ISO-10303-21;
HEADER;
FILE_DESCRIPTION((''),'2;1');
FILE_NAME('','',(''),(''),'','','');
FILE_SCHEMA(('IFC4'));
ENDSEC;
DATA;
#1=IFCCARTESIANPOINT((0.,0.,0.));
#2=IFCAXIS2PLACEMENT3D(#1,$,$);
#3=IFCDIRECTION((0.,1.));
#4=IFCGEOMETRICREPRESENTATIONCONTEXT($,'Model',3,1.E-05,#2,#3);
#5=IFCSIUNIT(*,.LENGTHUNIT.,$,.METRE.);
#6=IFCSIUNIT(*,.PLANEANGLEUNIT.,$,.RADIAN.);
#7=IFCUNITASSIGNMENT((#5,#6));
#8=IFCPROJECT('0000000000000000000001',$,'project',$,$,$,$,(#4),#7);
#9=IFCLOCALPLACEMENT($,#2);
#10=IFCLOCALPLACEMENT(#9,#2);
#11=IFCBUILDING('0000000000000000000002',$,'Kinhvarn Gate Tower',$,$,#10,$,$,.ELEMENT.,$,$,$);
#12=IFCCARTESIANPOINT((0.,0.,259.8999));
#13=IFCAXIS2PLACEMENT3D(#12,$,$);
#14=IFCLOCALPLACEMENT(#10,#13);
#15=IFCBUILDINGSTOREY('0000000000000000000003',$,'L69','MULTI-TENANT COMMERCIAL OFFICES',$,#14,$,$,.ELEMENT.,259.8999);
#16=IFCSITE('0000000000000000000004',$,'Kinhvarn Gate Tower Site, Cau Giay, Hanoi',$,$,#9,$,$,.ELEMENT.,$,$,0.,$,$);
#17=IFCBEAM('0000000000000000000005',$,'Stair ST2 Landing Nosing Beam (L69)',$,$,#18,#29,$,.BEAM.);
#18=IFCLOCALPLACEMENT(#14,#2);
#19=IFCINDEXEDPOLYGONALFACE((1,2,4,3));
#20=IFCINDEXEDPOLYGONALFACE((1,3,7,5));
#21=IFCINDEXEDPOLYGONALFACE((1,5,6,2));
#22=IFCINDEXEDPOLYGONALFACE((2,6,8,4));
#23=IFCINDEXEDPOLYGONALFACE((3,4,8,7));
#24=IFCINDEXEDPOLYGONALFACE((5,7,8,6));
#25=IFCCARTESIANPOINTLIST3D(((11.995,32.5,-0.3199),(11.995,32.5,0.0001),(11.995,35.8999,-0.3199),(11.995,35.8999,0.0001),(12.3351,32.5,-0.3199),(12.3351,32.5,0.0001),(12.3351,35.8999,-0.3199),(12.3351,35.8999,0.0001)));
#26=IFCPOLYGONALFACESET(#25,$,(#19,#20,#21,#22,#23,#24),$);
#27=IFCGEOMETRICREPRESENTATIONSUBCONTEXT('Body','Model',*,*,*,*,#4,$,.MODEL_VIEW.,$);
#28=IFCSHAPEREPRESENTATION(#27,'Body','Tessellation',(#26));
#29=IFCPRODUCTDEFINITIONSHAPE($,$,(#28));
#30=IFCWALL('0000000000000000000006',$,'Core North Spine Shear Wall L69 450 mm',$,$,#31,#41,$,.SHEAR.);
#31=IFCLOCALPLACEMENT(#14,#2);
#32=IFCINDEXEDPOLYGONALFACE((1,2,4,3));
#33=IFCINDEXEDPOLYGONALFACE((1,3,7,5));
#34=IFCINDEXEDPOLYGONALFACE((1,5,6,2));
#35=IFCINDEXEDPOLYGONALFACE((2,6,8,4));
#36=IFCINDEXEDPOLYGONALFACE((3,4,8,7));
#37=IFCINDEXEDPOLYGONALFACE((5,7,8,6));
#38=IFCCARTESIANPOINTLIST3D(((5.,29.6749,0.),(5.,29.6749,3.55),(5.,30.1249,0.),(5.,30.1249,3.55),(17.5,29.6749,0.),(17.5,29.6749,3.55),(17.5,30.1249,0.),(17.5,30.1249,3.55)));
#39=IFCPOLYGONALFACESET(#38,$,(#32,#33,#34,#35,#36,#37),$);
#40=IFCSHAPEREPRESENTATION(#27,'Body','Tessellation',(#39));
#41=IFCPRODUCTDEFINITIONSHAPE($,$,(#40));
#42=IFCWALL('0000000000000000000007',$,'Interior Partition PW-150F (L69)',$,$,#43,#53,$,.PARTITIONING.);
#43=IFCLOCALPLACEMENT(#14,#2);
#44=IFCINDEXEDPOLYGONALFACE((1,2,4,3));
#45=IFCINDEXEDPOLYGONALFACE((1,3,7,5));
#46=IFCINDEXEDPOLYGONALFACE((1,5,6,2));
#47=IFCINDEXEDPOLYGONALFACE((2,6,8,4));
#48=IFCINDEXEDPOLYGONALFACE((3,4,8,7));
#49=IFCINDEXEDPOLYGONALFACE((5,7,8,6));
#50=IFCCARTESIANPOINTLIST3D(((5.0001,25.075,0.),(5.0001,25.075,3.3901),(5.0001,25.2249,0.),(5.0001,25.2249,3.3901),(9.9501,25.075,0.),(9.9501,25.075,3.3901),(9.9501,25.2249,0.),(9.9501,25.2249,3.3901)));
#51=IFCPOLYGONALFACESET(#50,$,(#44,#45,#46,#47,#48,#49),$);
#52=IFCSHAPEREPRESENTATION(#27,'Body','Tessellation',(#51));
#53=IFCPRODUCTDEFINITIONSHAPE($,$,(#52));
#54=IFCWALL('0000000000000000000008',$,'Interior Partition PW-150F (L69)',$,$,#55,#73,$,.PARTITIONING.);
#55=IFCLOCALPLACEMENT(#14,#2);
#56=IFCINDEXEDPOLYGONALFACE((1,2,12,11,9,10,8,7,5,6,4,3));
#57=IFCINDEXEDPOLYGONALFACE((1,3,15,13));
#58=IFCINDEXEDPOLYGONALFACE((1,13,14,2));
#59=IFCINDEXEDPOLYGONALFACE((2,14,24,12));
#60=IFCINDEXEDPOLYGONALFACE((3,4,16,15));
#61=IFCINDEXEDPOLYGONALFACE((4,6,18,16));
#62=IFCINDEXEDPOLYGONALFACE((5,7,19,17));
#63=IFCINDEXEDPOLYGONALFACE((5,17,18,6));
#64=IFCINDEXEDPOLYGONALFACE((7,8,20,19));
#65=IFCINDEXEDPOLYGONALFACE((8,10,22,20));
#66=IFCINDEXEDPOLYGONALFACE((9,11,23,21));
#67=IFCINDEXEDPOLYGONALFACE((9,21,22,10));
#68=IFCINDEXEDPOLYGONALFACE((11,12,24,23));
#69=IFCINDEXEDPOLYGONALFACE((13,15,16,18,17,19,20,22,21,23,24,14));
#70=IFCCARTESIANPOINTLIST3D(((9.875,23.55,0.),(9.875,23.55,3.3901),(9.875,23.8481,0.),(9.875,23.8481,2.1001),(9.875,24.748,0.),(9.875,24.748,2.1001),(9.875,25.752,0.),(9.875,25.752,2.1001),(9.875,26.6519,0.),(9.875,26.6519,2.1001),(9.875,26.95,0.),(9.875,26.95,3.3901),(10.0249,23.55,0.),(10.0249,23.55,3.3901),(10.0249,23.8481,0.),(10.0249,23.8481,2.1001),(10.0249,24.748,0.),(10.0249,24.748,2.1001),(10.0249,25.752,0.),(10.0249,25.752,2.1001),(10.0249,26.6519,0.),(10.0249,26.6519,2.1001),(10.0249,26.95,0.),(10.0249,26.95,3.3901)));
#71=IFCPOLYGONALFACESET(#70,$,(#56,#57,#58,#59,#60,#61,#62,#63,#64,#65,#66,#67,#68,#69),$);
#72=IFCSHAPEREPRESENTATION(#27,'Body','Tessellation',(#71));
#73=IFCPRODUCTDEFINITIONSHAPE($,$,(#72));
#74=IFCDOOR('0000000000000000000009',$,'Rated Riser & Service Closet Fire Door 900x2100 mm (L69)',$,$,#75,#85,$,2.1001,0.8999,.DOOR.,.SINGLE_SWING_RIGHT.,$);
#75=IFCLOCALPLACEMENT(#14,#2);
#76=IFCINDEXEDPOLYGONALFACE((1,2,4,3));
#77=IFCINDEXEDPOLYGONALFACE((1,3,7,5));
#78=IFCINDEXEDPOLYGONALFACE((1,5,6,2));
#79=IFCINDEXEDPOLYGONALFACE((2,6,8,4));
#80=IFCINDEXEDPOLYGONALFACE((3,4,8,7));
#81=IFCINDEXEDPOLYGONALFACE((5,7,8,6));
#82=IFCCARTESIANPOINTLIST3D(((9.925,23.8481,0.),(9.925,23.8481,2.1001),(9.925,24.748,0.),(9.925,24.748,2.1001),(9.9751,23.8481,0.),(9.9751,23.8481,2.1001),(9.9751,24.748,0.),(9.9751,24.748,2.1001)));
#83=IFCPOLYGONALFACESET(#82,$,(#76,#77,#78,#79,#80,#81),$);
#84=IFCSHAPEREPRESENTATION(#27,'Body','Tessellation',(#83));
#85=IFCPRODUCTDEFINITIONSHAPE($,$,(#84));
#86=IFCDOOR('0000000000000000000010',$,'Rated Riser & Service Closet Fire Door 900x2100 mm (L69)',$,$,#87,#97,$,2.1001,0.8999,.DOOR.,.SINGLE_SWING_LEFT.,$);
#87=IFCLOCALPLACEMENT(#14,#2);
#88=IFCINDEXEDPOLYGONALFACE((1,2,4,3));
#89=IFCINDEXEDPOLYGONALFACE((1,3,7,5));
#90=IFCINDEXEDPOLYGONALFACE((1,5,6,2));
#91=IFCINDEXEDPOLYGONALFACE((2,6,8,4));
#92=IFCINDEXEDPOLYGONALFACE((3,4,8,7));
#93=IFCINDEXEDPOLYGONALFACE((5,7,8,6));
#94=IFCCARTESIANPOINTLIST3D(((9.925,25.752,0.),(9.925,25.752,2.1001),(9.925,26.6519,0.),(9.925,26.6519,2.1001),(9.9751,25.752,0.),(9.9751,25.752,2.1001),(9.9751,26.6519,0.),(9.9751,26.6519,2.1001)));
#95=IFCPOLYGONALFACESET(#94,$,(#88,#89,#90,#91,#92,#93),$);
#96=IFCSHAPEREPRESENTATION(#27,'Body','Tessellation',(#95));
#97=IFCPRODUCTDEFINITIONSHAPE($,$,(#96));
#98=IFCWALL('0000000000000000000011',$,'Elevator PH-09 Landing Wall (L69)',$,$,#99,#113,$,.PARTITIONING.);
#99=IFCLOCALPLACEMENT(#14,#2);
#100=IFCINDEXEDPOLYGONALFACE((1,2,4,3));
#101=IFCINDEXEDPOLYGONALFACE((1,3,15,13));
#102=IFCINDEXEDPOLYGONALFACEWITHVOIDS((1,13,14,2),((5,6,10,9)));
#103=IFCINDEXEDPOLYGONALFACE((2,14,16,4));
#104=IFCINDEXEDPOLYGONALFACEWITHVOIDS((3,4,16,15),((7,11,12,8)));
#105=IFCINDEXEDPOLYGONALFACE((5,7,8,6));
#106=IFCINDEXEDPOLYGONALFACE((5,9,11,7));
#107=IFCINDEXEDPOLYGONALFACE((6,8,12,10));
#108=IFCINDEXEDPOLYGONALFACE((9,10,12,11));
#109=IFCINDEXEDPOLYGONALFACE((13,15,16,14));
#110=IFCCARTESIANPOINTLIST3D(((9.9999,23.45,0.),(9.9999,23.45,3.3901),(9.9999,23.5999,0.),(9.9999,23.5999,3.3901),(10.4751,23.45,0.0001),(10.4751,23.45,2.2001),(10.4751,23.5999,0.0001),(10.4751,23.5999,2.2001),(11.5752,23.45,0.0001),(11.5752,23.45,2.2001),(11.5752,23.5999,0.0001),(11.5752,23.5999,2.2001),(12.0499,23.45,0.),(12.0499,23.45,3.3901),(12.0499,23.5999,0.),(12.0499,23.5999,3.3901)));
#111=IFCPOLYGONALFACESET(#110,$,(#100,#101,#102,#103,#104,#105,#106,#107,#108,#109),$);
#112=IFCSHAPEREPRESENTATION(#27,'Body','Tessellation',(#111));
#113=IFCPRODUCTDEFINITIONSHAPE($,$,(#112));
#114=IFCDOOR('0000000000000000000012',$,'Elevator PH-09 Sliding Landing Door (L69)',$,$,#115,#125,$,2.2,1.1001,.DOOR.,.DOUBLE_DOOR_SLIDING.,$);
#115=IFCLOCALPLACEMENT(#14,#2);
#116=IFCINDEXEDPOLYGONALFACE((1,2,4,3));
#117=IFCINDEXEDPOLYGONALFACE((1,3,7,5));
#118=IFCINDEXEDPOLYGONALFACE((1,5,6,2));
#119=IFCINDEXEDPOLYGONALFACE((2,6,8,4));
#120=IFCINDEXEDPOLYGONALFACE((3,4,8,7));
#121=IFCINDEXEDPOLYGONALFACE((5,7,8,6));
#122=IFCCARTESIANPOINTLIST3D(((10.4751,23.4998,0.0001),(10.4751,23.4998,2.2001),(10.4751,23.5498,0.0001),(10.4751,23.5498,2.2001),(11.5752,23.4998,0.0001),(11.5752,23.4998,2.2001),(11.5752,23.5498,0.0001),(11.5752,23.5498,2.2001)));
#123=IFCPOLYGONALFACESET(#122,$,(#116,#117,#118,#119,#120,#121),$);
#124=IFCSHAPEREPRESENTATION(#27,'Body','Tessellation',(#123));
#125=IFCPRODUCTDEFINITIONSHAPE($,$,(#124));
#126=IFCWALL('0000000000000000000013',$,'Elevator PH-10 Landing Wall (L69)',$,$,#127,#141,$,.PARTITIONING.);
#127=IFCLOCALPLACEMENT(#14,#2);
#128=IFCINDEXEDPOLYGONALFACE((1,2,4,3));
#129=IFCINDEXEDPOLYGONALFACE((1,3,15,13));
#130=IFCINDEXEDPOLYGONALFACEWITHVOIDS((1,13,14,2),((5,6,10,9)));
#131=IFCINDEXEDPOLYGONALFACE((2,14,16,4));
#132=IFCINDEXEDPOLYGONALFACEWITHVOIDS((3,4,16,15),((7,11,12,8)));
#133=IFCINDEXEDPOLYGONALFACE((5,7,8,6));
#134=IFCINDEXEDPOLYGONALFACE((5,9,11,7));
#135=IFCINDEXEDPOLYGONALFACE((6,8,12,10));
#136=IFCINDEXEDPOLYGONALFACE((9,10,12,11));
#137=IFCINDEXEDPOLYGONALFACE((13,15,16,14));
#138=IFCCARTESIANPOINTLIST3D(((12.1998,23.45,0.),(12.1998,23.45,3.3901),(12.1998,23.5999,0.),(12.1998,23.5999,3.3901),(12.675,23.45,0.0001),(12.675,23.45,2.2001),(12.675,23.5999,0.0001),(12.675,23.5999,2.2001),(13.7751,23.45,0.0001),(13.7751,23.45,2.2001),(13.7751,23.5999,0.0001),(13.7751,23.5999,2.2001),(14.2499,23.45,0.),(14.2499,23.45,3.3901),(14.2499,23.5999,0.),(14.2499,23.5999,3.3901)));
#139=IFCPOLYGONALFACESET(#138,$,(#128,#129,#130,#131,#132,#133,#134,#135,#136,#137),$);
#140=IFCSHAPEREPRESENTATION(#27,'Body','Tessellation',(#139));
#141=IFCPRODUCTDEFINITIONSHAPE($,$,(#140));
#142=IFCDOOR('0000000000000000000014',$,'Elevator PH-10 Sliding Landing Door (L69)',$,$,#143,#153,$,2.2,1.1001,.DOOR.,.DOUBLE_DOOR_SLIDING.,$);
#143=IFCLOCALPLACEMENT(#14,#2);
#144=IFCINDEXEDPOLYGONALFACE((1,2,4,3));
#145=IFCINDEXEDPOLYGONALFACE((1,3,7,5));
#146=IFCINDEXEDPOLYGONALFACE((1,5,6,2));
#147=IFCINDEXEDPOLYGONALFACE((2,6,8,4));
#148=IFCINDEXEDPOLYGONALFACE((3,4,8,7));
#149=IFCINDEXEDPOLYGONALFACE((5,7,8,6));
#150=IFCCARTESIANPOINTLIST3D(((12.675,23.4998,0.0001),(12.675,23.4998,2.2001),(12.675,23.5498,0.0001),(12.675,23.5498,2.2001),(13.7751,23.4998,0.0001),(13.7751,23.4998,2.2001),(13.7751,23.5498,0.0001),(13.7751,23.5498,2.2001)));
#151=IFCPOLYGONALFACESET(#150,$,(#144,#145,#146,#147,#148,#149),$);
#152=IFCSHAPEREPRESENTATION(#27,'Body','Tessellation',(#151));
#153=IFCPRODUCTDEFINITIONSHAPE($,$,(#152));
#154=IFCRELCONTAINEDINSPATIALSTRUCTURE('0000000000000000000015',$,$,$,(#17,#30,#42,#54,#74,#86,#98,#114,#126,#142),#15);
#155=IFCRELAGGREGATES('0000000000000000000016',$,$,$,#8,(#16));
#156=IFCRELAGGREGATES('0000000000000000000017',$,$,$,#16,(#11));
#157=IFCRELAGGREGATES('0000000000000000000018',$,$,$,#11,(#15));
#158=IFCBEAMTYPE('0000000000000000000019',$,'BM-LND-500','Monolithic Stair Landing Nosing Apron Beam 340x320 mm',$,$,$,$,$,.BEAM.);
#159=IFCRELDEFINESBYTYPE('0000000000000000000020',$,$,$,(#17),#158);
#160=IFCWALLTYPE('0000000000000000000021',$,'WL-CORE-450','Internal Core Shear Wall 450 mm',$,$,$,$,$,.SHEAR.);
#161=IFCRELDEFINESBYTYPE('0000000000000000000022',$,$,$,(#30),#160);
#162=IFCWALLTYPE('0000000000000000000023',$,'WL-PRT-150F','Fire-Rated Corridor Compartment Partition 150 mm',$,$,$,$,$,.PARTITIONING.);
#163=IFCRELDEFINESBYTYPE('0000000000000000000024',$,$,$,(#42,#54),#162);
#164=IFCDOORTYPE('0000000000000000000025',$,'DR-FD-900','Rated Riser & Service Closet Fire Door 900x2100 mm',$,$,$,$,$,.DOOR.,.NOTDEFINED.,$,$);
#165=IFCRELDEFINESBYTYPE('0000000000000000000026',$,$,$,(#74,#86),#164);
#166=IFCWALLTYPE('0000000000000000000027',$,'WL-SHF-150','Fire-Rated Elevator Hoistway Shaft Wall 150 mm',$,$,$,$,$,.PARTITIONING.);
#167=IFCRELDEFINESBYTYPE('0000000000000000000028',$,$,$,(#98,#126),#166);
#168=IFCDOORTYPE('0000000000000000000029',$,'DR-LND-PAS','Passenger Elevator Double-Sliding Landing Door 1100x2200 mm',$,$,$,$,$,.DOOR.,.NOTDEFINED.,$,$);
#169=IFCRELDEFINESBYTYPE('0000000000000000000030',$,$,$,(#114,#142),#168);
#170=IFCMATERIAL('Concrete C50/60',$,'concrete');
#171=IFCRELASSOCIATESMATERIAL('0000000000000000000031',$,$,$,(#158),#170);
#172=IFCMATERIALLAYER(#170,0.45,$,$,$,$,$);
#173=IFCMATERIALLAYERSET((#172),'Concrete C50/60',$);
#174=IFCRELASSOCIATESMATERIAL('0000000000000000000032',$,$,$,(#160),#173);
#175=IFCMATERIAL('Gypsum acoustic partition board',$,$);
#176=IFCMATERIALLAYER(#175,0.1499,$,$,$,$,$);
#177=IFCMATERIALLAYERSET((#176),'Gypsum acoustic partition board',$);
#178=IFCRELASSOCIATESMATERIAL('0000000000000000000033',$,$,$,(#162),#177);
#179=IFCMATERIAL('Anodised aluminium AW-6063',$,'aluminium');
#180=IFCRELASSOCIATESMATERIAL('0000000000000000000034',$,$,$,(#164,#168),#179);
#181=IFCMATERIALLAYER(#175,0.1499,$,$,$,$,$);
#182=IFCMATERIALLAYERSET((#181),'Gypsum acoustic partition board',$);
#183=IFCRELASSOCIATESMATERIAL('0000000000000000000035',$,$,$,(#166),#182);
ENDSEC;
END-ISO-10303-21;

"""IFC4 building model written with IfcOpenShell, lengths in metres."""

from ifc_helpers import new_model, si_unit, direction, frame, frame_2d, origin, origin_2d, place, context, subcontext, project, spatial, rectangle, extrude, material, layer, layer_set, material_profile, profile_set, type_object, element, fill, save


model = new_model("IFC4")

# Units and contexts
model_context = context("Model", 3, precision=1e-05, world=origin(), true_north=direction((0.0, 1.0)))
body_context = subcontext(model_context, "Body", "Model", "MODEL_VIEW")
ifc_project = project(units=[si_unit("LENGTHUNIT", "METRE"), si_unit("PLANEANGLEUNIT", "RADIAN")], contexts=[model_context])

# Site, building, storey
site_placement = place(None, origin())
site = spatial("IfcSite", under=ifc_project, at=site_placement, Name="Kinhvarn Gate Tower Site, Cau Giay, Hanoi", CompositionType="ELEMENT", RefElevation=0.0)
building_placement = place(site_placement, origin())
building = spatial("IfcBuilding", under=site, at=building_placement, Name="Kinhvarn Gate Tower", CompositionType="ELEMENT")
storey_placement = place(building_placement, frame((0.0, 0.0, 259.8999)))
storey = spatial("IfcBuildingStorey", under=building, at=storey_placement, Name="L69", Description="MULTI-TENANT COMMERCIAL OFFICES", CompositionType="ELEMENT", Elevation=259.8999)

# Beam
ifc_material_1 = material(Name="Concrete C50/60", Category="concrete")
ifc_material_profile = material_profile(ifc_material_1, rectangle(XDim=0.3401, YDim=0.3201, at=origin_2d()), Name="RC 340x320")
ifc_profile_set = profile_set([ifc_material_profile], Name="Concrete C50/60")
beam_type = type_object("IfcBeamType", Name="BM-LND-500", Description="Monolithic Stair Landing Nosing Apron Beam 340x320 mm", PredefinedType="BEAM", material=ifc_profile_set)
beam_placement = place(storey_placement, frame((12.165, 32.5, -0.1599), z_axis=(0.0, 1.0, 0.0), x_axis=(-1.0, 0.0, 0.0)))
element("IfcBeam", 1, at=beam_placement, inside=storey, type_object=beam_type, Name="Stair ST2 Landing Nosing Beam (L69)", PredefinedType="BEAM", context=body_context, shape_type="SweptSolid", body=[
    extrude(rectangle(XDim=0.3401, YDim=0.3201, at=origin_2d()), origin(), (0.0, 0.0, 1.0), 3.3999),
])

# Walls
ifc_layer_1 = layer(ifc_material_1, 0.45)
ifc_layer_set_1 = layer_set([ifc_layer_1], Name="Concrete C50/60")
wall_type_1 = type_object("IfcWallType", Name="WL-CORE-450", Description="Internal Core Shear Wall 450 mm", PredefinedType="SHEAR", material=ifc_layer_set_1)
wall_1_placement = place(storey_placement, frame((5.0, 29.8999, 0.0), z_axis=(0.0, 0.0, 1.0), x_axis=(1.0, 0.0, 0.0)))
element("IfcWall", 2, at=wall_1_placement, inside=storey, type_object=wall_type_1, Name="Core North Spine Shear Wall L69 450 mm", PredefinedType="SHEAR", context=body_context, shape_type="SweptSolid", body=[
    extrude(rectangle(XDim=12.5, YDim=0.45, at=frame_2d((6.25, 0.0))), origin(), (0.0, 0.0, 1.0), 3.55),
])
ifc_material_2 = material(Name="Gypsum acoustic partition board")
ifc_layer_2 = layer(ifc_material_2, 0.1499)
ifc_layer_set_2 = layer_set([ifc_layer_2], Name="Gypsum acoustic partition board")
wall_type_2 = type_object("IfcWallType", Name="WL-PRT-150F", Description="Fire-Rated Corridor Compartment Partition 150 mm", PredefinedType="PARTITIONING", material=ifc_layer_set_2)
wall_2_placement = place(storey_placement, frame((5.0, 25.1499, 0.0), z_axis=(0.0, 0.0, 1.0), x_axis=(1.0, 0.0, 0.0)))
element("IfcWall", 3, at=wall_2_placement, inside=storey, type_object=wall_type_2, Name="Interior Partition PW-150F (L69)", PredefinedType="PARTITIONING", context=body_context, shape_type="SweptSolid", body=[
    extrude(rectangle(XDim=4.95, YDim=0.1499, at=frame_2d((2.4751, 0.0))), origin(), (0.0, 0.0, 1.0), 3.3901),
])

# Wall, openings, doors
wall_3_placement = place(storey_placement, frame((9.95, 23.55, 0.0), z_axis=(0.0, 0.0, 1.0), x_axis=(0.0, 1.0, 0.0)))
wall_3 = element("IfcWall", 4, at=wall_3_placement, inside=storey, type_object=wall_type_2, Name="Interior Partition PW-150F (L69)", PredefinedType="PARTITIONING", context=body_context, shape_type="SweptSolid", body=[
    extrude(rectangle(XDim=3.3999, YDim=0.1499, at=frame_2d((1.7, 0.0))), origin(), (0.0, 0.0, 1.0), 3.3901),
])
opening_1_placement = place(wall_3_placement, frame((0.2981, 0.0, 0.0)))
opening_1 = element("IfcOpeningElement", 5, at=opening_1_placement, cuts=wall_3, PredefinedType="OPENING", context=body_context, shape_type="SweptSolid", body=[
    extrude(rectangle(XDim=0.8999, YDim=2.1001, at=frame_2d((0.45, 1.05))), frame((0.0, 0.085, 0.0), z_axis=(0.0, -1.0, 0.0), x_axis=(1.0, 0.0, 0.0)), (0.0, 0.0, 1.0), 0.1699),
])
opening_2_placement = place(wall_3_placement, frame((2.2019, 0.0, 0.0)))
opening_2 = element("IfcOpeningElement", 6, at=opening_2_placement, cuts=wall_3, PredefinedType="OPENING", context=body_context, shape_type="SweptSolid", body=[
    extrude(rectangle(XDim=0.8999, YDim=2.1001, at=frame_2d((0.45, 1.05))), frame((0.0, 0.085, 0.0), z_axis=(0.0, -1.0, 0.0), x_axis=(1.0, 0.0, 0.0)), (0.0, 0.0, 1.0), 0.1699),
])
ifc_material_3 = material(Name="Anodised aluminium AW-6063", Category="aluminium")
door_type_1 = type_object("IfcDoorType", Name="DR-FD-900", Description="Rated Riser & Service Closet Fire Door 900x2100 mm", OperationType="NOTDEFINED", PredefinedType="DOOR", material=ifc_material_3)
door_1_placement = place(opening_1_placement, origin())
door_1 = element("IfcDoor", 7, at=door_1_placement, inside=storey, type_object=door_type_1, Name="Rated Riser & Service Closet Fire Door 900x2100 mm (L69)", OperationType="SINGLE_SWING_RIGHT", OverallHeight=2.1001, OverallWidth=0.8999, PredefinedType="DOOR", context=body_context, shape_type="SweptSolid", body=[
    extrude(rectangle(XDim=0.8999, YDim=2.1001, at=frame_2d((0.45, 1.05))), frame((0.0, 0.0249, 0.0), z_axis=(0.0, -1.0, 0.0), x_axis=(1.0, 0.0, 0.0)), (0.0, 0.0, 1.0), 0.05),
])
fill(opening_1, door_1)
door_2_placement = place(opening_2_placement, origin())
door_2 = element("IfcDoor", 8, at=door_2_placement, inside=storey, type_object=door_type_1, Name="Rated Riser & Service Closet Fire Door 900x2100 mm (L69)", OperationType="SINGLE_SWING_LEFT", OverallHeight=2.1001, OverallWidth=0.8999, PredefinedType="DOOR", context=body_context, shape_type="SweptSolid", body=[
    extrude(rectangle(XDim=0.8999, YDim=2.1001, at=frame_2d((0.45, 1.05))), frame((0.0, 0.0249, 0.0), z_axis=(0.0, -1.0, 0.0), x_axis=(1.0, 0.0, 0.0)), (0.0, 0.0, 1.0), 0.05),
])
fill(opening_2, door_2)

# Walls, openings, doors
ifc_layer_3 = layer(ifc_material_2, 0.1499)
ifc_layer_set_3 = layer_set([ifc_layer_3], Name="Gypsum acoustic partition board")
wall_type_3 = type_object("IfcWallType", Name="WL-SHF-150", Description="Fire-Rated Elevator Hoistway Shaft Wall 150 mm", PredefinedType="PARTITIONING", material=ifc_layer_set_3)
wall_4_placement = place(storey_placement, frame((10.0, 23.5249, 0.0), z_axis=(0.0, 0.0, 1.0), x_axis=(1.0, 0.0, 0.0)))
wall_4 = element("IfcWall", 9, at=wall_4_placement, inside=storey, type_object=wall_type_3, Name="Elevator PH-09 Landing Wall (L69)", PredefinedType="PARTITIONING", context=body_context, shape_type="SweptSolid", body=[
    extrude(rectangle(XDim=2.05, YDim=0.1499, at=frame_2d((1.0249, 0.0))), origin(), (0.0, 0.0, 1.0), 3.3901),
])
opening_3_placement = place(wall_4_placement, frame((0.4751, 0.0, 0.0)))
opening_3 = element("IfcOpeningElement", 10, at=opening_3_placement, cuts=wall_4, PredefinedType="OPENING", context=body_context, shape_type="SweptSolid", body=[
    extrude(rectangle(XDim=1.1001, YDim=2.2, at=frame_2d((0.55, 1.1001))), frame((0.0, 0.085, 0.0), z_axis=(0.0, -1.0, 0.0), x_axis=(1.0, 0.0, 0.0)), (0.0, 0.0, 1.0), 0.1699),
])
door_type_2 = type_object("IfcDoorType", Name="DR-LND-PAS", Description="Passenger Elevator Double-Sliding Landing Door 1100x2200 mm", OperationType="NOTDEFINED", PredefinedType="DOOR", material=ifc_material_3)
door_3_placement = place(opening_3_placement, origin())
door_3 = element("IfcDoor", 11, at=door_3_placement, inside=storey, type_object=door_type_2, Name="Elevator PH-09 Sliding Landing Door (L69)", OperationType="DOUBLE_DOOR_SLIDING", OverallHeight=2.2, OverallWidth=1.1001, PredefinedType="DOOR", context=body_context, shape_type="SweptSolid", body=[
    extrude(rectangle(XDim=1.1001, YDim=2.2, at=frame_2d((0.55, 1.1001))), frame((0.0, 0.0249, 0.0), z_axis=(0.0, -1.0, 0.0), x_axis=(1.0, 0.0, 0.0)), (0.0, 0.0, 1.0), 0.05),
])
fill(opening_3, door_3)
wall_5_placement = place(storey_placement, frame((12.2, 23.5249, 0.0), z_axis=(0.0, 0.0, 1.0), x_axis=(1.0, 0.0, 0.0)))
wall_5 = element("IfcWall", 12, at=wall_5_placement, inside=storey, type_object=wall_type_3, Name="Elevator PH-10 Landing Wall (L69)", PredefinedType="PARTITIONING", context=body_context, shape_type="SweptSolid", body=[
    extrude(rectangle(XDim=2.05, YDim=0.1499, at=frame_2d((1.0249, 0.0))), origin(), (0.0, 0.0, 1.0), 3.3901),
])
opening_4_placement = place(wall_5_placement, frame((0.4751, 0.0, 0.0)))
opening_4 = element("IfcOpeningElement", 13, at=opening_4_placement, cuts=wall_5, PredefinedType="OPENING", context=body_context, shape_type="SweptSolid", body=[
    extrude(rectangle(XDim=1.1001, YDim=2.2, at=frame_2d((0.55, 1.1001))), frame((0.0, 0.085, 0.0), z_axis=(0.0, -1.0, 0.0), x_axis=(1.0, 0.0, 0.0)), (0.0, 0.0, 1.0), 0.1699),
])
door_4_placement = place(opening_4_placement, origin())
door_4 = element("IfcDoor", 14, at=door_4_placement, inside=storey, type_object=door_type_2, Name="Elevator PH-10 Sliding Landing Door (L69)", OperationType="DOUBLE_DOOR_SLIDING", OverallHeight=2.2, OverallWidth=1.1001, PredefinedType="DOOR", context=body_context, shape_type="SweptSolid", body=[
    extrude(rectangle(XDim=1.1001, YDim=2.2, at=frame_2d((0.55, 1.1001))), frame((0.0, 0.0249, 0.0), z_axis=(0.0, -1.0, 0.0), x_axis=(1.0, 0.0, 0.0)), (0.0, 0.0, 1.0), 0.05),
])
fill(opening_4, door_4)

save(model, "model.ifc")
